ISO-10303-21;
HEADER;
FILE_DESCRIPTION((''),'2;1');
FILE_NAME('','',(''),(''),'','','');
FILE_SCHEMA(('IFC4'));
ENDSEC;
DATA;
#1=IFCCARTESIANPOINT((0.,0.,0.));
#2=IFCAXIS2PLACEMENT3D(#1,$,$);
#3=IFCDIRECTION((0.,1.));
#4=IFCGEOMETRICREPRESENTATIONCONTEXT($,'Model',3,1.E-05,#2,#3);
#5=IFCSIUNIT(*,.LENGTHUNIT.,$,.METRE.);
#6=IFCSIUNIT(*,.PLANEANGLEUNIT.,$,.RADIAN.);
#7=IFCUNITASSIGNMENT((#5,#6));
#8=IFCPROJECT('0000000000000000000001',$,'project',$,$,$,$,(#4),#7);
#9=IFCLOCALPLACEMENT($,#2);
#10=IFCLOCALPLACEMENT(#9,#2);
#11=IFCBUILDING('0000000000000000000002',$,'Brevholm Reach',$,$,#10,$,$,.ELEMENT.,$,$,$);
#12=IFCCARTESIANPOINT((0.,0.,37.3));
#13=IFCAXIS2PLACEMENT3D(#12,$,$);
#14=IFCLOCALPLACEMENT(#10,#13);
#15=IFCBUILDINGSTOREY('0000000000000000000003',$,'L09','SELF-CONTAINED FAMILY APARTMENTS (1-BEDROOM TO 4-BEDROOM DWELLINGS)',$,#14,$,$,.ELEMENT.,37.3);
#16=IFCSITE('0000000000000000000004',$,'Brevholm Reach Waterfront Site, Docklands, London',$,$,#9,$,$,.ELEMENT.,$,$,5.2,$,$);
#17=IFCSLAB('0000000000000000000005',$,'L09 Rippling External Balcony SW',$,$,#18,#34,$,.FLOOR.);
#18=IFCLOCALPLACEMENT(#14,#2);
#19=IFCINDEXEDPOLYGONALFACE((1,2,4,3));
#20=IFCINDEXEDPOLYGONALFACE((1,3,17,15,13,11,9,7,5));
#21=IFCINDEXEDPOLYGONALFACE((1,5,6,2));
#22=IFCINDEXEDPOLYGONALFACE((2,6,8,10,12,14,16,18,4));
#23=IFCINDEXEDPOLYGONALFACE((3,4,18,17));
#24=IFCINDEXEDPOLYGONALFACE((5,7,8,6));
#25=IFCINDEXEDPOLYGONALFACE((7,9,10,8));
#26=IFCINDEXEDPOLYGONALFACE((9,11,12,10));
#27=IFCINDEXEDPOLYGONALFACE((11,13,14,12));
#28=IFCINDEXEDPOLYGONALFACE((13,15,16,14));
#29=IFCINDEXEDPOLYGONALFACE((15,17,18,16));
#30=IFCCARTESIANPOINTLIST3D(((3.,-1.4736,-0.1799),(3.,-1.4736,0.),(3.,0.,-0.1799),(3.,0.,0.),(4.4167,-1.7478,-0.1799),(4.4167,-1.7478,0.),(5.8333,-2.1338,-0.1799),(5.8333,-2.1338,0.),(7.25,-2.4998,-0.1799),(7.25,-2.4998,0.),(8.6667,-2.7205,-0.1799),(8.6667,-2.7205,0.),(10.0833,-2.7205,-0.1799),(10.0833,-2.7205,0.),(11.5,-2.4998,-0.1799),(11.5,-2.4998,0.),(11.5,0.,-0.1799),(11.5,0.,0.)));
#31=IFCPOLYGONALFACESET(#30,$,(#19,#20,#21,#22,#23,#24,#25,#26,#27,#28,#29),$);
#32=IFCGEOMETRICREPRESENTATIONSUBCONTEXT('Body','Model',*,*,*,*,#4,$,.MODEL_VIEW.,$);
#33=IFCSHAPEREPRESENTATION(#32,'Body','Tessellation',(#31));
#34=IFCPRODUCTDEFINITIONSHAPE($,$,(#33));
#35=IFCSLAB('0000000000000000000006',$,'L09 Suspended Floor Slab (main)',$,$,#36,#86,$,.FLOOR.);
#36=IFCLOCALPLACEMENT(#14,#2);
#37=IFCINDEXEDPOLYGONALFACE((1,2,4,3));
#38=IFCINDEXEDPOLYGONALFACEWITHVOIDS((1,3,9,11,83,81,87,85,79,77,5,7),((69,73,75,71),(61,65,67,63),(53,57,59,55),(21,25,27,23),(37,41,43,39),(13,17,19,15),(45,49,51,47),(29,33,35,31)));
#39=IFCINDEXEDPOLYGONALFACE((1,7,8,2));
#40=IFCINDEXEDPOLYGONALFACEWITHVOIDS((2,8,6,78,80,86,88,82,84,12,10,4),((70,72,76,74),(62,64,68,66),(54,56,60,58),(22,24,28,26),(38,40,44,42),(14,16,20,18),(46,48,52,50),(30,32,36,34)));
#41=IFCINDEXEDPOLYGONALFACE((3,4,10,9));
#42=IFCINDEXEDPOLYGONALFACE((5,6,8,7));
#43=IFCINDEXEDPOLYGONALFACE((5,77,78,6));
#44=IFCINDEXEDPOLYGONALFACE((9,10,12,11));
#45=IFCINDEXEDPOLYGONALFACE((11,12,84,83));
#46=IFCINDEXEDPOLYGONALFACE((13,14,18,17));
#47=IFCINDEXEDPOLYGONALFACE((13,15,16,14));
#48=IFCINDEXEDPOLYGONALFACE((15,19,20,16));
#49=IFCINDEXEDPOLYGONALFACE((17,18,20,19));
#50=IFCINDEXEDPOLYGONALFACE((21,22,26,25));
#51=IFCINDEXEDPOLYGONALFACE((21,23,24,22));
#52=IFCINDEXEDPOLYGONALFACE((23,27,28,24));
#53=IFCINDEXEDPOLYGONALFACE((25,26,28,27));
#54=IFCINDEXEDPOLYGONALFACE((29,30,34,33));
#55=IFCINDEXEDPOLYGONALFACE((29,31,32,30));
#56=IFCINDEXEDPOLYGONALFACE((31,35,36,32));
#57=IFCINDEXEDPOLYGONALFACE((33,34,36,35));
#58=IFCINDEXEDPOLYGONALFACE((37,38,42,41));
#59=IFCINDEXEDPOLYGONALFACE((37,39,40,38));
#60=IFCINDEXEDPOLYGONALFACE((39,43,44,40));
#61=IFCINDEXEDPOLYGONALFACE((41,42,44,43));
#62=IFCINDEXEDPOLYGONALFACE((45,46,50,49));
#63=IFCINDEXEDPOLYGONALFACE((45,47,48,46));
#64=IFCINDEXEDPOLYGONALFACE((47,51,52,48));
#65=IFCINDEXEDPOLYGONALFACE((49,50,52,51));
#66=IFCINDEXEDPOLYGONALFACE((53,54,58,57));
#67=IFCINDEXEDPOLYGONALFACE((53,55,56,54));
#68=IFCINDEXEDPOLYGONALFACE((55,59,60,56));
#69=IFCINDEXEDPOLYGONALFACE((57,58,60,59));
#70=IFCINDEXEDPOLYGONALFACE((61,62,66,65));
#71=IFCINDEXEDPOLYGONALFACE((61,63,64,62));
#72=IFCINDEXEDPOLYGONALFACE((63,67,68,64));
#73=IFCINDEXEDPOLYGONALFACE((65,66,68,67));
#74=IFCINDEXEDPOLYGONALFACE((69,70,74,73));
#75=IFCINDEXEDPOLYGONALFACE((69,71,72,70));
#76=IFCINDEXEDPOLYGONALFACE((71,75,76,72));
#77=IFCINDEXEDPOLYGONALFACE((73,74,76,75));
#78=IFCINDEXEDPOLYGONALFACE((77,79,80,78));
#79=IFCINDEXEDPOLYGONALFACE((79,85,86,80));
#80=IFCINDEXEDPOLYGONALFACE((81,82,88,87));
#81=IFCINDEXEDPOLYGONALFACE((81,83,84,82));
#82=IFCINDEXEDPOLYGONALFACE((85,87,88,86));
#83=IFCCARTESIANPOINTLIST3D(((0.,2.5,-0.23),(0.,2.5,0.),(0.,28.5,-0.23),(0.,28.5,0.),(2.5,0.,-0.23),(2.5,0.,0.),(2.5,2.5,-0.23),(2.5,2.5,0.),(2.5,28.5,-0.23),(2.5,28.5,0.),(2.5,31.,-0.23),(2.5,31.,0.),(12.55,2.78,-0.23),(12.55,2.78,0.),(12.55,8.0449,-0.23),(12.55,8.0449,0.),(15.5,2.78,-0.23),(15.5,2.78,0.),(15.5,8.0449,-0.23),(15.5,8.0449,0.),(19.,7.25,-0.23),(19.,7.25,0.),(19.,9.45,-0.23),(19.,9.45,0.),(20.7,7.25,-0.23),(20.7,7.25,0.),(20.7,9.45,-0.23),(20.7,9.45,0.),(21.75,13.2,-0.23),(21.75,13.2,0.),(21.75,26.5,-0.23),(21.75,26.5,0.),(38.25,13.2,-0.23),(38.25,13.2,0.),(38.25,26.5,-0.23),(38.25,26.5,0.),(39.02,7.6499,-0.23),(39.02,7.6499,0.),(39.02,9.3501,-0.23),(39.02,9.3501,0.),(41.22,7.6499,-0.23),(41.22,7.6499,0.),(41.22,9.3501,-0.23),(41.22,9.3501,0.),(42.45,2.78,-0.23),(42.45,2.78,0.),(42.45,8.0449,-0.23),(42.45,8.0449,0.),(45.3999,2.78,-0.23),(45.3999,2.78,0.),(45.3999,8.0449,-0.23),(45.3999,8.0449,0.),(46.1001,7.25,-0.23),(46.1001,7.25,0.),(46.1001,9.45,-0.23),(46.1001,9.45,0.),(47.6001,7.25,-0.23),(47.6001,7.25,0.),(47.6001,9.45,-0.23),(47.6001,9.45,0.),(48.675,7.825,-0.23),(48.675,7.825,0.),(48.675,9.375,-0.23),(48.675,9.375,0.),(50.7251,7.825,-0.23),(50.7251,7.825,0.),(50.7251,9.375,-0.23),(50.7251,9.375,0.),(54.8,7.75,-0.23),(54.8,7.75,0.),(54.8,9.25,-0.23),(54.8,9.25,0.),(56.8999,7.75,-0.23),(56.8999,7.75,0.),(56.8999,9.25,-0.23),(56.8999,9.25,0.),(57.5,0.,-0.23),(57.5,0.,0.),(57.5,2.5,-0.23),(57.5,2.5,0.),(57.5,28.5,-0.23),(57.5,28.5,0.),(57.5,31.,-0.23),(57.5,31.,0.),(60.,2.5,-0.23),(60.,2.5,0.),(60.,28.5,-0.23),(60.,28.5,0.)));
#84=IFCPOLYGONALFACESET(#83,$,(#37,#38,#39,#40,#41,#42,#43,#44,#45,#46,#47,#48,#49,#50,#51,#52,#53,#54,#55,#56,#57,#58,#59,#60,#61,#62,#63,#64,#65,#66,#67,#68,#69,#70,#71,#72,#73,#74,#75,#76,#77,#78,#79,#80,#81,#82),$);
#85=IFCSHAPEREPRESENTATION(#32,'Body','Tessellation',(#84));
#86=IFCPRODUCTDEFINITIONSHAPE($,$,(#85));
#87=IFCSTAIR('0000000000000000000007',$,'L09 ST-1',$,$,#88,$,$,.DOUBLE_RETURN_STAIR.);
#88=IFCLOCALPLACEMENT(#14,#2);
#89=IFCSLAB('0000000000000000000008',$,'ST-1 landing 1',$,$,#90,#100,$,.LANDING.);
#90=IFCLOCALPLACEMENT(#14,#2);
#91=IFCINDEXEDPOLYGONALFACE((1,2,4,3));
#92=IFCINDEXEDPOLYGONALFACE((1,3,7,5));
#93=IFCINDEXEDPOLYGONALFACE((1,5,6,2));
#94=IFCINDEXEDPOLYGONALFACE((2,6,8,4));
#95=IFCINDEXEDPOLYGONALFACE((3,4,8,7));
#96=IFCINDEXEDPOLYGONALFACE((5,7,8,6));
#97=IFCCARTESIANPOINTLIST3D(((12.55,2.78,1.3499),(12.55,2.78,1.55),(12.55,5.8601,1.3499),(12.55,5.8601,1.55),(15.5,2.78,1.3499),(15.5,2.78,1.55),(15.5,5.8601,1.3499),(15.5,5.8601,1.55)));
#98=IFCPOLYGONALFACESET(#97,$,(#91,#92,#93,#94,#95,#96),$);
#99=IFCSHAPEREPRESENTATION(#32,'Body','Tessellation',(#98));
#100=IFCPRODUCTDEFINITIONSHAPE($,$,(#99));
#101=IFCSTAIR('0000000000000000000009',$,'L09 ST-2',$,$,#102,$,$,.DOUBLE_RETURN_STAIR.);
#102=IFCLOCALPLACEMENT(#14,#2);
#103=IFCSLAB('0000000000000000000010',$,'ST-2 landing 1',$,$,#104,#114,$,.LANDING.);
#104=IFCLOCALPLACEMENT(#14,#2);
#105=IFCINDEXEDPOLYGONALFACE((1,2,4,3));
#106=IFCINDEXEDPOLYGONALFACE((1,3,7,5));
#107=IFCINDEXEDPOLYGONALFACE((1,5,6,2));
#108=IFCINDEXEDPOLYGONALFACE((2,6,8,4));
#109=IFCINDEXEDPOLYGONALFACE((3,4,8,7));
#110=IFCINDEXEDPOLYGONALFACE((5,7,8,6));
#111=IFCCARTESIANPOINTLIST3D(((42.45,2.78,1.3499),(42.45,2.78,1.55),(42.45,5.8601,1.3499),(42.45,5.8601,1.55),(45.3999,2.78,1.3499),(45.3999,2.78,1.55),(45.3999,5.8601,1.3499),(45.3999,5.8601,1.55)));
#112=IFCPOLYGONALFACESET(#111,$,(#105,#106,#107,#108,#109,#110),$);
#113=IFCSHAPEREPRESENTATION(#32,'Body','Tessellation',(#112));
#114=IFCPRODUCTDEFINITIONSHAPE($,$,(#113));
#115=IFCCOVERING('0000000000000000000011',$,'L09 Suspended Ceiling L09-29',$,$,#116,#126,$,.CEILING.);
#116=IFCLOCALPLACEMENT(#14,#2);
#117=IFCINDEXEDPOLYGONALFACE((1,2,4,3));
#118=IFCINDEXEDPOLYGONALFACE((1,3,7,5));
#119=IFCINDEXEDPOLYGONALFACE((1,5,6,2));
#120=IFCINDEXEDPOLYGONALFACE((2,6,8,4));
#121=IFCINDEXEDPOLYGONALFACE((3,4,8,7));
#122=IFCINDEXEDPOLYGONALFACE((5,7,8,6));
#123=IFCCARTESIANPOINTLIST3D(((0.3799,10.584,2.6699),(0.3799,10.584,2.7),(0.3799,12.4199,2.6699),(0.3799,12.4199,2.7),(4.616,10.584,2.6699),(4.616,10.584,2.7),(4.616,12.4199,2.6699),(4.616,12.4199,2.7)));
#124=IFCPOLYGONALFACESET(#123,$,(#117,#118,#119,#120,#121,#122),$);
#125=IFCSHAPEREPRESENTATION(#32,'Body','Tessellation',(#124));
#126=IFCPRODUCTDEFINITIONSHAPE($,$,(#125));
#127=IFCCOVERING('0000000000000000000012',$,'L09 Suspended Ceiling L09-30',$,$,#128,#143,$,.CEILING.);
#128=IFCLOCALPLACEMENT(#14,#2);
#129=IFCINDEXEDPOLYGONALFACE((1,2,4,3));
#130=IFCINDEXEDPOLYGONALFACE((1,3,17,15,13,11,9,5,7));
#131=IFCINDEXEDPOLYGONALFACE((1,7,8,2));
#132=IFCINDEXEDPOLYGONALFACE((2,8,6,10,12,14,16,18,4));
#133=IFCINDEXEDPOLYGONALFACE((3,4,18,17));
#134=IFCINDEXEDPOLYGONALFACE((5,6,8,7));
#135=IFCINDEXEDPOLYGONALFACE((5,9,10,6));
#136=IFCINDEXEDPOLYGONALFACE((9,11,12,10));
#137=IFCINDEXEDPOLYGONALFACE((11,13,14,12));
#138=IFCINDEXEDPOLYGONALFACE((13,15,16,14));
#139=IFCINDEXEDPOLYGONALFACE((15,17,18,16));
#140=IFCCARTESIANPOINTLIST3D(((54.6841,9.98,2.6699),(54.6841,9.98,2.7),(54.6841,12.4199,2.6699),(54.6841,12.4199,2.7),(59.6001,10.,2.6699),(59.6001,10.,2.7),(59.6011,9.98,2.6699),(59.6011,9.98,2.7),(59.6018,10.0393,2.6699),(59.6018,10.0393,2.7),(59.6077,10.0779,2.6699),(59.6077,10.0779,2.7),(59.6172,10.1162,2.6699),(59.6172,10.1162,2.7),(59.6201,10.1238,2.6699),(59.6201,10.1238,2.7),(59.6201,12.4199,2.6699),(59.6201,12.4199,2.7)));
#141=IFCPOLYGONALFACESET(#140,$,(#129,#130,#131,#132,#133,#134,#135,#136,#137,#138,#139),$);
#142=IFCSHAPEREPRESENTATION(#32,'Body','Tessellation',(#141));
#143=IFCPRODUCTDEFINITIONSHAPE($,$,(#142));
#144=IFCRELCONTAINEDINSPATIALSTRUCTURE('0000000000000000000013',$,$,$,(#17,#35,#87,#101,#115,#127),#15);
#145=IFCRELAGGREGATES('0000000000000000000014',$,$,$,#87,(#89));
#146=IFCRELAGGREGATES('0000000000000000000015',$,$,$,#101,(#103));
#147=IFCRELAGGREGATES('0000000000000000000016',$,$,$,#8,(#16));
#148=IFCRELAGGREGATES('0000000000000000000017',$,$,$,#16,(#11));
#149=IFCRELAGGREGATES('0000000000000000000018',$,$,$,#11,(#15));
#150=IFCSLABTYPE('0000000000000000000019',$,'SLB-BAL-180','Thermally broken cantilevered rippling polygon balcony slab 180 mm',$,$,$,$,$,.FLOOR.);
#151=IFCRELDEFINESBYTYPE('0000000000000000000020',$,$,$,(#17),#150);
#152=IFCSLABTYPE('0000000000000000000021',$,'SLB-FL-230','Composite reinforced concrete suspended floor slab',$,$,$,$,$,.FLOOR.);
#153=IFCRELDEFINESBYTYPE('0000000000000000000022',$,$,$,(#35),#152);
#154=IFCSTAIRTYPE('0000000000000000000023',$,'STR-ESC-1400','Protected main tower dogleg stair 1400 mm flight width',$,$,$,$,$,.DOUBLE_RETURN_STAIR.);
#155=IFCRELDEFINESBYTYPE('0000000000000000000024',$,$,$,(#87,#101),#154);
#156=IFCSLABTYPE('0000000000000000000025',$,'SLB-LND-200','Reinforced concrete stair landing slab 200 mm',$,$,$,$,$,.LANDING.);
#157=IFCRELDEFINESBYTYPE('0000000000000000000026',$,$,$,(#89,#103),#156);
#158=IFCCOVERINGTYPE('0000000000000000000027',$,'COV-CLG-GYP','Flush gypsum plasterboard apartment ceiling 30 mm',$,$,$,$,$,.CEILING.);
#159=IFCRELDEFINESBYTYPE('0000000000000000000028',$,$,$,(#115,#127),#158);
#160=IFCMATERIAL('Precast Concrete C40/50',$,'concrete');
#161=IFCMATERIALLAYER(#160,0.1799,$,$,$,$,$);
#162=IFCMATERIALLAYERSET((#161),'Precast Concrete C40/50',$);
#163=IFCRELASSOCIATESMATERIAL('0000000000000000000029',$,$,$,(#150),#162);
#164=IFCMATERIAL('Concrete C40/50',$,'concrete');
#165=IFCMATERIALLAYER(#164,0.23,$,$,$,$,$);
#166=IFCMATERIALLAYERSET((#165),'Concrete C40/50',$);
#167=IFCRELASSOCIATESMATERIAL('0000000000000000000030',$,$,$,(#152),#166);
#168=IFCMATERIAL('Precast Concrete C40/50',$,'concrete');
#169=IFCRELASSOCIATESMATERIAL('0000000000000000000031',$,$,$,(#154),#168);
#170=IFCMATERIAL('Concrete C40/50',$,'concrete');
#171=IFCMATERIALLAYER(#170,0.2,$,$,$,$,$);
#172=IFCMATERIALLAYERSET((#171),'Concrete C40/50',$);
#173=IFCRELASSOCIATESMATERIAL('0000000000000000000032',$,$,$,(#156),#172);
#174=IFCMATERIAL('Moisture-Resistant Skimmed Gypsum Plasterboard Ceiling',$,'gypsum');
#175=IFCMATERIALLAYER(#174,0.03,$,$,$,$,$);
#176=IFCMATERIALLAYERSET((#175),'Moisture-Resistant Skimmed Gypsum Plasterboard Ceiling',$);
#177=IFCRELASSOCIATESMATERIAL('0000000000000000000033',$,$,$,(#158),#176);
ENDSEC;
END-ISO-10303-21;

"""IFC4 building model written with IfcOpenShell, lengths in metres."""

from ifc_helpers import new_model, si_unit, direction, frame, origin, place, context, subcontext, project, spatial, polyline, outline, extrude, material, layer, layer_set, type_object, element, aggregate, save


model = new_model("IFC4")

# Units and contexts
model_context = context("Model", 3, precision=1e-05, world=origin(), true_north=direction((0.0, 1.0)))
body_context = subcontext(model_context, "Body", "Model", "MODEL_VIEW")
ifc_project = project(units=[si_unit("LENGTHUNIT", "METRE"), si_unit("PLANEANGLEUNIT", "RADIAN")], contexts=[model_context])

# Site, building, storey
site_placement = place(None, origin())
site = spatial("IfcSite", under=ifc_project, at=site_placement, Name="Brevholm Reach Waterfront Site, Docklands, London", CompositionType="ELEMENT", RefElevation=5.2)
building_placement = place(site_placement, origin())
building = spatial("IfcBuilding", under=site, at=building_placement, Name="Brevholm Reach", CompositionType="ELEMENT")
storey_placement = place(building_placement, frame((0.0, 0.0, 37.3)))
storey = spatial("IfcBuildingStorey", under=building, at=storey_placement, Name="L09", Description="SELF-CONTAINED FAMILY APARTMENTS (1-BEDROOM TO 4-BEDROOM DWELLINGS)", CompositionType="ELEMENT", Elevation=37.3)

# Slabs
ifc_material_1 = material(Name="Precast Concrete C40/50", Category="concrete")
ifc_layer_1 = layer(ifc_material_1, 0.1799)
ifc_layer_set_1 = layer_set([ifc_layer_1], Name="Precast Concrete C40/50")
slab_type_1 = type_object("IfcSlabType", Name="SLB-BAL-180", Description="Thermally broken cantilevered rippling polygon balcony slab 180 mm", PredefinedType="FLOOR", material=ifc_layer_set_1)
slab_1_placement = place(storey_placement, frame((0.0, 0.0, -0.1799)))
element("IfcSlab", 1, at=slab_1_placement, inside=storey, type_object=slab_type_1, Name="L09 Rippling External Balcony SW", PredefinedType="FLOOR", context=body_context, shape_type="SweptSolid", body=[
    extrude(outline(polyline([(3.0, -1.4736), (4.4167, -1.7478), (5.8333, -2.1338), (7.25, -2.4998), (8.6667, -2.7205), (10.0833, -2.7205), (11.5, -2.4998), (11.5, 0.0), (3.0, 0.0), (3.0, -1.4736)])), origin(), (0.0, 0.0, 1.0), 0.1799),
])
ifc_material_2 = material(Name="Concrete C40/50", Category="concrete")
ifc_layer_2 = layer(ifc_material_2, 0.23)
ifc_layer_set_2 = layer_set([ifc_layer_2], Name="Concrete C40/50")
slab_type_2 = type_object("IfcSlabType", Name="SLB-FL-230", Description="Composite reinforced concrete suspended floor slab", PredefinedType="FLOOR", material=ifc_layer_set_2)
slab_2_placement = place(storey_placement, frame((0.0, 0.0, -0.23)))
element("IfcSlab", 2, at=slab_2_placement, inside=storey, type_object=slab_type_2, Name="L09 Suspended Floor Slab (main)", PredefinedType="FLOOR", context=body_context, shape_type="SweptSolid", body=[
    extrude(outline(polyline([(2.5, 0.0), (57.5, 0.0), (57.5, 2.5), (60.0, 2.5), (60.0, 28.5), (57.5, 28.5), (57.5, 31.0), (2.5, 31.0), (2.5, 28.5), (0.0, 28.5), (0.0, 2.5), (2.5, 2.5), (2.5, 0.0)]), holes=[polyline([(21.75, 13.2), (38.25, 13.2), (38.25, 26.5), (21.75, 26.5), (21.75, 13.2)]), polyline([(12.55, 2.78), (15.5, 2.78), (15.5, 8.0449), (12.55, 8.0449), (12.55, 2.78)]), polyline([(42.45, 2.78), (45.3999, 2.78), (45.3999, 8.0449), (42.45, 8.0449), (42.45, 2.78)]), polyline([(19.0, 7.25), (20.7, 7.25), (20.7, 9.45), (19.0, 9.45), (19.0, 7.25)]), polyline([(46.1001, 7.25), (47.6001, 7.25), (47.6001, 9.45), (46.1001, 9.45), (46.1001, 7.25)]), polyline([(48.675, 7.825), (50.7251, 7.825), (50.7251, 9.375), (48.675, 9.375), (48.675, 7.825)]), polyline([(54.8, 7.75), (56.8999, 7.75), (56.8999, 9.25), (54.8, 9.25), (54.8, 7.75)]), polyline([(39.02, 7.6499), (41.22, 7.6499), (41.22, 9.3501), (39.02, 9.3501), (39.02, 7.6499)])]), origin(), (0.0, 0.0, 1.0), 0.23),
])

# Stairs, slabs
ifc_material_3 = material(Name="Precast Concrete C40/50", Category="concrete")
stair_type = type_object("IfcStairType", Name="STR-ESC-1400", Description="Protected main tower dogleg stair 1400 mm flight width", PredefinedType="DOUBLE_RETURN_STAIR", material=ifc_material_3)
stair_1_placement = place(storey_placement, origin())
stair_1 = element("IfcStair", 3, at=stair_1_placement, inside=storey, type_object=stair_type, Name="L09 ST-1", PredefinedType="DOUBLE_RETURN_STAIR")
ifc_material_4 = material(Name="Concrete C40/50", Category="concrete")
ifc_layer_3 = layer(ifc_material_4, 0.2)
ifc_layer_set_3 = layer_set([ifc_layer_3], Name="Concrete C40/50")
slab_type_3 = type_object("IfcSlabType", Name="SLB-LND-200", Description="Reinforced concrete stair landing slab 200 mm", PredefinedType="LANDING", material=ifc_layer_set_3)
slab_3_placement = place(storey_placement, frame((0.0, 0.0, 1.3499)))
slab_3 = element("IfcSlab", 4, at=slab_3_placement, type_object=slab_type_3, Name="ST-1 landing 1", PredefinedType="LANDING", context=body_context, shape_type="SweptSolid", body=[
    extrude(outline(polyline([(12.55, 5.8601), (12.55, 2.78), (15.5, 2.78), (15.5, 5.8601), (12.55, 5.8601)])), origin(), (0.0, 0.0, 1.0), 0.2002),
])
aggregate(stair_1, [slab_3])
stair_2_placement = place(storey_placement, origin())
stair_2 = element("IfcStair", 5, at=stair_2_placement, inside=storey, type_object=stair_type, Name="L09 ST-2", PredefinedType="DOUBLE_RETURN_STAIR")
slab_4_placement = place(storey_placement, frame((0.0, 0.0, 1.3499)))
slab_4 = element("IfcSlab", 6, at=slab_4_placement, type_object=slab_type_3, Name="ST-2 landing 1", PredefinedType="LANDING", context=body_context, shape_type="SweptSolid", body=[
    extrude(outline(polyline([(42.45, 5.8601), (42.45, 2.78), (45.3999, 2.78), (45.3999, 5.8601), (42.45, 5.8601)])), origin(), (0.0, 0.0, 1.0), 0.2002),
])
aggregate(stair_2, [slab_4])

# Coverings
ifc_material_5 = material(Name="Moisture-Resistant Skimmed Gypsum Plasterboard Ceiling", Category="gypsum")
ifc_layer_4 = layer(ifc_material_5, 0.03)
ifc_layer_set_4 = layer_set([ifc_layer_4], Name="Moisture-Resistant Skimmed Gypsum Plasterboard Ceiling")
covering_type_1 = type_object("IfcCoveringType", Name="COV-CLG-GYP", Description="Flush gypsum plasterboard apartment ceiling 30 mm", PredefinedType="CEILING", material=ifc_layer_set_4)
covering_1_placement = place(storey_placement, frame((0.0, 0.0, 2.6699)))
element("IfcCovering", 7, at=covering_1_placement, inside=storey, type_object=covering_type_1, Name="L09 Suspended Ceiling L09-29", PredefinedType="CEILING", context=body_context, shape_type="SweptSolid", body=[
    extrude(outline(polyline([(0.3799, 12.4199), (4.616, 12.4199), (4.616, 10.584), (0.3799, 10.584), (0.3799, 12.4199)])), origin(), (0.0, 0.0, 1.0), 0.03),
])
covering_2_placement = place(storey_placement, frame((0.0, 0.0, 2.6699)))
element("IfcCovering", 8, at=covering_2_placement, inside=storey, type_object=covering_type_1, Name="L09 Suspended Ceiling L09-30", PredefinedType="CEILING", context=body_context, shape_type="SweptSolid", body=[
    extrude(outline(polyline([(59.6201, 12.4199), (59.6201, 10.1238), (59.6172, 10.1162), (59.6077, 10.0779), (59.6018, 10.0393), (59.6001, 10.0), (59.6011, 9.98), (54.6841, 9.98), (54.6841, 12.4199), (59.6201, 12.4199)])), origin(), (0.0, 0.0, 1.0), 0.03),
])

save(model, "model.ifc")
